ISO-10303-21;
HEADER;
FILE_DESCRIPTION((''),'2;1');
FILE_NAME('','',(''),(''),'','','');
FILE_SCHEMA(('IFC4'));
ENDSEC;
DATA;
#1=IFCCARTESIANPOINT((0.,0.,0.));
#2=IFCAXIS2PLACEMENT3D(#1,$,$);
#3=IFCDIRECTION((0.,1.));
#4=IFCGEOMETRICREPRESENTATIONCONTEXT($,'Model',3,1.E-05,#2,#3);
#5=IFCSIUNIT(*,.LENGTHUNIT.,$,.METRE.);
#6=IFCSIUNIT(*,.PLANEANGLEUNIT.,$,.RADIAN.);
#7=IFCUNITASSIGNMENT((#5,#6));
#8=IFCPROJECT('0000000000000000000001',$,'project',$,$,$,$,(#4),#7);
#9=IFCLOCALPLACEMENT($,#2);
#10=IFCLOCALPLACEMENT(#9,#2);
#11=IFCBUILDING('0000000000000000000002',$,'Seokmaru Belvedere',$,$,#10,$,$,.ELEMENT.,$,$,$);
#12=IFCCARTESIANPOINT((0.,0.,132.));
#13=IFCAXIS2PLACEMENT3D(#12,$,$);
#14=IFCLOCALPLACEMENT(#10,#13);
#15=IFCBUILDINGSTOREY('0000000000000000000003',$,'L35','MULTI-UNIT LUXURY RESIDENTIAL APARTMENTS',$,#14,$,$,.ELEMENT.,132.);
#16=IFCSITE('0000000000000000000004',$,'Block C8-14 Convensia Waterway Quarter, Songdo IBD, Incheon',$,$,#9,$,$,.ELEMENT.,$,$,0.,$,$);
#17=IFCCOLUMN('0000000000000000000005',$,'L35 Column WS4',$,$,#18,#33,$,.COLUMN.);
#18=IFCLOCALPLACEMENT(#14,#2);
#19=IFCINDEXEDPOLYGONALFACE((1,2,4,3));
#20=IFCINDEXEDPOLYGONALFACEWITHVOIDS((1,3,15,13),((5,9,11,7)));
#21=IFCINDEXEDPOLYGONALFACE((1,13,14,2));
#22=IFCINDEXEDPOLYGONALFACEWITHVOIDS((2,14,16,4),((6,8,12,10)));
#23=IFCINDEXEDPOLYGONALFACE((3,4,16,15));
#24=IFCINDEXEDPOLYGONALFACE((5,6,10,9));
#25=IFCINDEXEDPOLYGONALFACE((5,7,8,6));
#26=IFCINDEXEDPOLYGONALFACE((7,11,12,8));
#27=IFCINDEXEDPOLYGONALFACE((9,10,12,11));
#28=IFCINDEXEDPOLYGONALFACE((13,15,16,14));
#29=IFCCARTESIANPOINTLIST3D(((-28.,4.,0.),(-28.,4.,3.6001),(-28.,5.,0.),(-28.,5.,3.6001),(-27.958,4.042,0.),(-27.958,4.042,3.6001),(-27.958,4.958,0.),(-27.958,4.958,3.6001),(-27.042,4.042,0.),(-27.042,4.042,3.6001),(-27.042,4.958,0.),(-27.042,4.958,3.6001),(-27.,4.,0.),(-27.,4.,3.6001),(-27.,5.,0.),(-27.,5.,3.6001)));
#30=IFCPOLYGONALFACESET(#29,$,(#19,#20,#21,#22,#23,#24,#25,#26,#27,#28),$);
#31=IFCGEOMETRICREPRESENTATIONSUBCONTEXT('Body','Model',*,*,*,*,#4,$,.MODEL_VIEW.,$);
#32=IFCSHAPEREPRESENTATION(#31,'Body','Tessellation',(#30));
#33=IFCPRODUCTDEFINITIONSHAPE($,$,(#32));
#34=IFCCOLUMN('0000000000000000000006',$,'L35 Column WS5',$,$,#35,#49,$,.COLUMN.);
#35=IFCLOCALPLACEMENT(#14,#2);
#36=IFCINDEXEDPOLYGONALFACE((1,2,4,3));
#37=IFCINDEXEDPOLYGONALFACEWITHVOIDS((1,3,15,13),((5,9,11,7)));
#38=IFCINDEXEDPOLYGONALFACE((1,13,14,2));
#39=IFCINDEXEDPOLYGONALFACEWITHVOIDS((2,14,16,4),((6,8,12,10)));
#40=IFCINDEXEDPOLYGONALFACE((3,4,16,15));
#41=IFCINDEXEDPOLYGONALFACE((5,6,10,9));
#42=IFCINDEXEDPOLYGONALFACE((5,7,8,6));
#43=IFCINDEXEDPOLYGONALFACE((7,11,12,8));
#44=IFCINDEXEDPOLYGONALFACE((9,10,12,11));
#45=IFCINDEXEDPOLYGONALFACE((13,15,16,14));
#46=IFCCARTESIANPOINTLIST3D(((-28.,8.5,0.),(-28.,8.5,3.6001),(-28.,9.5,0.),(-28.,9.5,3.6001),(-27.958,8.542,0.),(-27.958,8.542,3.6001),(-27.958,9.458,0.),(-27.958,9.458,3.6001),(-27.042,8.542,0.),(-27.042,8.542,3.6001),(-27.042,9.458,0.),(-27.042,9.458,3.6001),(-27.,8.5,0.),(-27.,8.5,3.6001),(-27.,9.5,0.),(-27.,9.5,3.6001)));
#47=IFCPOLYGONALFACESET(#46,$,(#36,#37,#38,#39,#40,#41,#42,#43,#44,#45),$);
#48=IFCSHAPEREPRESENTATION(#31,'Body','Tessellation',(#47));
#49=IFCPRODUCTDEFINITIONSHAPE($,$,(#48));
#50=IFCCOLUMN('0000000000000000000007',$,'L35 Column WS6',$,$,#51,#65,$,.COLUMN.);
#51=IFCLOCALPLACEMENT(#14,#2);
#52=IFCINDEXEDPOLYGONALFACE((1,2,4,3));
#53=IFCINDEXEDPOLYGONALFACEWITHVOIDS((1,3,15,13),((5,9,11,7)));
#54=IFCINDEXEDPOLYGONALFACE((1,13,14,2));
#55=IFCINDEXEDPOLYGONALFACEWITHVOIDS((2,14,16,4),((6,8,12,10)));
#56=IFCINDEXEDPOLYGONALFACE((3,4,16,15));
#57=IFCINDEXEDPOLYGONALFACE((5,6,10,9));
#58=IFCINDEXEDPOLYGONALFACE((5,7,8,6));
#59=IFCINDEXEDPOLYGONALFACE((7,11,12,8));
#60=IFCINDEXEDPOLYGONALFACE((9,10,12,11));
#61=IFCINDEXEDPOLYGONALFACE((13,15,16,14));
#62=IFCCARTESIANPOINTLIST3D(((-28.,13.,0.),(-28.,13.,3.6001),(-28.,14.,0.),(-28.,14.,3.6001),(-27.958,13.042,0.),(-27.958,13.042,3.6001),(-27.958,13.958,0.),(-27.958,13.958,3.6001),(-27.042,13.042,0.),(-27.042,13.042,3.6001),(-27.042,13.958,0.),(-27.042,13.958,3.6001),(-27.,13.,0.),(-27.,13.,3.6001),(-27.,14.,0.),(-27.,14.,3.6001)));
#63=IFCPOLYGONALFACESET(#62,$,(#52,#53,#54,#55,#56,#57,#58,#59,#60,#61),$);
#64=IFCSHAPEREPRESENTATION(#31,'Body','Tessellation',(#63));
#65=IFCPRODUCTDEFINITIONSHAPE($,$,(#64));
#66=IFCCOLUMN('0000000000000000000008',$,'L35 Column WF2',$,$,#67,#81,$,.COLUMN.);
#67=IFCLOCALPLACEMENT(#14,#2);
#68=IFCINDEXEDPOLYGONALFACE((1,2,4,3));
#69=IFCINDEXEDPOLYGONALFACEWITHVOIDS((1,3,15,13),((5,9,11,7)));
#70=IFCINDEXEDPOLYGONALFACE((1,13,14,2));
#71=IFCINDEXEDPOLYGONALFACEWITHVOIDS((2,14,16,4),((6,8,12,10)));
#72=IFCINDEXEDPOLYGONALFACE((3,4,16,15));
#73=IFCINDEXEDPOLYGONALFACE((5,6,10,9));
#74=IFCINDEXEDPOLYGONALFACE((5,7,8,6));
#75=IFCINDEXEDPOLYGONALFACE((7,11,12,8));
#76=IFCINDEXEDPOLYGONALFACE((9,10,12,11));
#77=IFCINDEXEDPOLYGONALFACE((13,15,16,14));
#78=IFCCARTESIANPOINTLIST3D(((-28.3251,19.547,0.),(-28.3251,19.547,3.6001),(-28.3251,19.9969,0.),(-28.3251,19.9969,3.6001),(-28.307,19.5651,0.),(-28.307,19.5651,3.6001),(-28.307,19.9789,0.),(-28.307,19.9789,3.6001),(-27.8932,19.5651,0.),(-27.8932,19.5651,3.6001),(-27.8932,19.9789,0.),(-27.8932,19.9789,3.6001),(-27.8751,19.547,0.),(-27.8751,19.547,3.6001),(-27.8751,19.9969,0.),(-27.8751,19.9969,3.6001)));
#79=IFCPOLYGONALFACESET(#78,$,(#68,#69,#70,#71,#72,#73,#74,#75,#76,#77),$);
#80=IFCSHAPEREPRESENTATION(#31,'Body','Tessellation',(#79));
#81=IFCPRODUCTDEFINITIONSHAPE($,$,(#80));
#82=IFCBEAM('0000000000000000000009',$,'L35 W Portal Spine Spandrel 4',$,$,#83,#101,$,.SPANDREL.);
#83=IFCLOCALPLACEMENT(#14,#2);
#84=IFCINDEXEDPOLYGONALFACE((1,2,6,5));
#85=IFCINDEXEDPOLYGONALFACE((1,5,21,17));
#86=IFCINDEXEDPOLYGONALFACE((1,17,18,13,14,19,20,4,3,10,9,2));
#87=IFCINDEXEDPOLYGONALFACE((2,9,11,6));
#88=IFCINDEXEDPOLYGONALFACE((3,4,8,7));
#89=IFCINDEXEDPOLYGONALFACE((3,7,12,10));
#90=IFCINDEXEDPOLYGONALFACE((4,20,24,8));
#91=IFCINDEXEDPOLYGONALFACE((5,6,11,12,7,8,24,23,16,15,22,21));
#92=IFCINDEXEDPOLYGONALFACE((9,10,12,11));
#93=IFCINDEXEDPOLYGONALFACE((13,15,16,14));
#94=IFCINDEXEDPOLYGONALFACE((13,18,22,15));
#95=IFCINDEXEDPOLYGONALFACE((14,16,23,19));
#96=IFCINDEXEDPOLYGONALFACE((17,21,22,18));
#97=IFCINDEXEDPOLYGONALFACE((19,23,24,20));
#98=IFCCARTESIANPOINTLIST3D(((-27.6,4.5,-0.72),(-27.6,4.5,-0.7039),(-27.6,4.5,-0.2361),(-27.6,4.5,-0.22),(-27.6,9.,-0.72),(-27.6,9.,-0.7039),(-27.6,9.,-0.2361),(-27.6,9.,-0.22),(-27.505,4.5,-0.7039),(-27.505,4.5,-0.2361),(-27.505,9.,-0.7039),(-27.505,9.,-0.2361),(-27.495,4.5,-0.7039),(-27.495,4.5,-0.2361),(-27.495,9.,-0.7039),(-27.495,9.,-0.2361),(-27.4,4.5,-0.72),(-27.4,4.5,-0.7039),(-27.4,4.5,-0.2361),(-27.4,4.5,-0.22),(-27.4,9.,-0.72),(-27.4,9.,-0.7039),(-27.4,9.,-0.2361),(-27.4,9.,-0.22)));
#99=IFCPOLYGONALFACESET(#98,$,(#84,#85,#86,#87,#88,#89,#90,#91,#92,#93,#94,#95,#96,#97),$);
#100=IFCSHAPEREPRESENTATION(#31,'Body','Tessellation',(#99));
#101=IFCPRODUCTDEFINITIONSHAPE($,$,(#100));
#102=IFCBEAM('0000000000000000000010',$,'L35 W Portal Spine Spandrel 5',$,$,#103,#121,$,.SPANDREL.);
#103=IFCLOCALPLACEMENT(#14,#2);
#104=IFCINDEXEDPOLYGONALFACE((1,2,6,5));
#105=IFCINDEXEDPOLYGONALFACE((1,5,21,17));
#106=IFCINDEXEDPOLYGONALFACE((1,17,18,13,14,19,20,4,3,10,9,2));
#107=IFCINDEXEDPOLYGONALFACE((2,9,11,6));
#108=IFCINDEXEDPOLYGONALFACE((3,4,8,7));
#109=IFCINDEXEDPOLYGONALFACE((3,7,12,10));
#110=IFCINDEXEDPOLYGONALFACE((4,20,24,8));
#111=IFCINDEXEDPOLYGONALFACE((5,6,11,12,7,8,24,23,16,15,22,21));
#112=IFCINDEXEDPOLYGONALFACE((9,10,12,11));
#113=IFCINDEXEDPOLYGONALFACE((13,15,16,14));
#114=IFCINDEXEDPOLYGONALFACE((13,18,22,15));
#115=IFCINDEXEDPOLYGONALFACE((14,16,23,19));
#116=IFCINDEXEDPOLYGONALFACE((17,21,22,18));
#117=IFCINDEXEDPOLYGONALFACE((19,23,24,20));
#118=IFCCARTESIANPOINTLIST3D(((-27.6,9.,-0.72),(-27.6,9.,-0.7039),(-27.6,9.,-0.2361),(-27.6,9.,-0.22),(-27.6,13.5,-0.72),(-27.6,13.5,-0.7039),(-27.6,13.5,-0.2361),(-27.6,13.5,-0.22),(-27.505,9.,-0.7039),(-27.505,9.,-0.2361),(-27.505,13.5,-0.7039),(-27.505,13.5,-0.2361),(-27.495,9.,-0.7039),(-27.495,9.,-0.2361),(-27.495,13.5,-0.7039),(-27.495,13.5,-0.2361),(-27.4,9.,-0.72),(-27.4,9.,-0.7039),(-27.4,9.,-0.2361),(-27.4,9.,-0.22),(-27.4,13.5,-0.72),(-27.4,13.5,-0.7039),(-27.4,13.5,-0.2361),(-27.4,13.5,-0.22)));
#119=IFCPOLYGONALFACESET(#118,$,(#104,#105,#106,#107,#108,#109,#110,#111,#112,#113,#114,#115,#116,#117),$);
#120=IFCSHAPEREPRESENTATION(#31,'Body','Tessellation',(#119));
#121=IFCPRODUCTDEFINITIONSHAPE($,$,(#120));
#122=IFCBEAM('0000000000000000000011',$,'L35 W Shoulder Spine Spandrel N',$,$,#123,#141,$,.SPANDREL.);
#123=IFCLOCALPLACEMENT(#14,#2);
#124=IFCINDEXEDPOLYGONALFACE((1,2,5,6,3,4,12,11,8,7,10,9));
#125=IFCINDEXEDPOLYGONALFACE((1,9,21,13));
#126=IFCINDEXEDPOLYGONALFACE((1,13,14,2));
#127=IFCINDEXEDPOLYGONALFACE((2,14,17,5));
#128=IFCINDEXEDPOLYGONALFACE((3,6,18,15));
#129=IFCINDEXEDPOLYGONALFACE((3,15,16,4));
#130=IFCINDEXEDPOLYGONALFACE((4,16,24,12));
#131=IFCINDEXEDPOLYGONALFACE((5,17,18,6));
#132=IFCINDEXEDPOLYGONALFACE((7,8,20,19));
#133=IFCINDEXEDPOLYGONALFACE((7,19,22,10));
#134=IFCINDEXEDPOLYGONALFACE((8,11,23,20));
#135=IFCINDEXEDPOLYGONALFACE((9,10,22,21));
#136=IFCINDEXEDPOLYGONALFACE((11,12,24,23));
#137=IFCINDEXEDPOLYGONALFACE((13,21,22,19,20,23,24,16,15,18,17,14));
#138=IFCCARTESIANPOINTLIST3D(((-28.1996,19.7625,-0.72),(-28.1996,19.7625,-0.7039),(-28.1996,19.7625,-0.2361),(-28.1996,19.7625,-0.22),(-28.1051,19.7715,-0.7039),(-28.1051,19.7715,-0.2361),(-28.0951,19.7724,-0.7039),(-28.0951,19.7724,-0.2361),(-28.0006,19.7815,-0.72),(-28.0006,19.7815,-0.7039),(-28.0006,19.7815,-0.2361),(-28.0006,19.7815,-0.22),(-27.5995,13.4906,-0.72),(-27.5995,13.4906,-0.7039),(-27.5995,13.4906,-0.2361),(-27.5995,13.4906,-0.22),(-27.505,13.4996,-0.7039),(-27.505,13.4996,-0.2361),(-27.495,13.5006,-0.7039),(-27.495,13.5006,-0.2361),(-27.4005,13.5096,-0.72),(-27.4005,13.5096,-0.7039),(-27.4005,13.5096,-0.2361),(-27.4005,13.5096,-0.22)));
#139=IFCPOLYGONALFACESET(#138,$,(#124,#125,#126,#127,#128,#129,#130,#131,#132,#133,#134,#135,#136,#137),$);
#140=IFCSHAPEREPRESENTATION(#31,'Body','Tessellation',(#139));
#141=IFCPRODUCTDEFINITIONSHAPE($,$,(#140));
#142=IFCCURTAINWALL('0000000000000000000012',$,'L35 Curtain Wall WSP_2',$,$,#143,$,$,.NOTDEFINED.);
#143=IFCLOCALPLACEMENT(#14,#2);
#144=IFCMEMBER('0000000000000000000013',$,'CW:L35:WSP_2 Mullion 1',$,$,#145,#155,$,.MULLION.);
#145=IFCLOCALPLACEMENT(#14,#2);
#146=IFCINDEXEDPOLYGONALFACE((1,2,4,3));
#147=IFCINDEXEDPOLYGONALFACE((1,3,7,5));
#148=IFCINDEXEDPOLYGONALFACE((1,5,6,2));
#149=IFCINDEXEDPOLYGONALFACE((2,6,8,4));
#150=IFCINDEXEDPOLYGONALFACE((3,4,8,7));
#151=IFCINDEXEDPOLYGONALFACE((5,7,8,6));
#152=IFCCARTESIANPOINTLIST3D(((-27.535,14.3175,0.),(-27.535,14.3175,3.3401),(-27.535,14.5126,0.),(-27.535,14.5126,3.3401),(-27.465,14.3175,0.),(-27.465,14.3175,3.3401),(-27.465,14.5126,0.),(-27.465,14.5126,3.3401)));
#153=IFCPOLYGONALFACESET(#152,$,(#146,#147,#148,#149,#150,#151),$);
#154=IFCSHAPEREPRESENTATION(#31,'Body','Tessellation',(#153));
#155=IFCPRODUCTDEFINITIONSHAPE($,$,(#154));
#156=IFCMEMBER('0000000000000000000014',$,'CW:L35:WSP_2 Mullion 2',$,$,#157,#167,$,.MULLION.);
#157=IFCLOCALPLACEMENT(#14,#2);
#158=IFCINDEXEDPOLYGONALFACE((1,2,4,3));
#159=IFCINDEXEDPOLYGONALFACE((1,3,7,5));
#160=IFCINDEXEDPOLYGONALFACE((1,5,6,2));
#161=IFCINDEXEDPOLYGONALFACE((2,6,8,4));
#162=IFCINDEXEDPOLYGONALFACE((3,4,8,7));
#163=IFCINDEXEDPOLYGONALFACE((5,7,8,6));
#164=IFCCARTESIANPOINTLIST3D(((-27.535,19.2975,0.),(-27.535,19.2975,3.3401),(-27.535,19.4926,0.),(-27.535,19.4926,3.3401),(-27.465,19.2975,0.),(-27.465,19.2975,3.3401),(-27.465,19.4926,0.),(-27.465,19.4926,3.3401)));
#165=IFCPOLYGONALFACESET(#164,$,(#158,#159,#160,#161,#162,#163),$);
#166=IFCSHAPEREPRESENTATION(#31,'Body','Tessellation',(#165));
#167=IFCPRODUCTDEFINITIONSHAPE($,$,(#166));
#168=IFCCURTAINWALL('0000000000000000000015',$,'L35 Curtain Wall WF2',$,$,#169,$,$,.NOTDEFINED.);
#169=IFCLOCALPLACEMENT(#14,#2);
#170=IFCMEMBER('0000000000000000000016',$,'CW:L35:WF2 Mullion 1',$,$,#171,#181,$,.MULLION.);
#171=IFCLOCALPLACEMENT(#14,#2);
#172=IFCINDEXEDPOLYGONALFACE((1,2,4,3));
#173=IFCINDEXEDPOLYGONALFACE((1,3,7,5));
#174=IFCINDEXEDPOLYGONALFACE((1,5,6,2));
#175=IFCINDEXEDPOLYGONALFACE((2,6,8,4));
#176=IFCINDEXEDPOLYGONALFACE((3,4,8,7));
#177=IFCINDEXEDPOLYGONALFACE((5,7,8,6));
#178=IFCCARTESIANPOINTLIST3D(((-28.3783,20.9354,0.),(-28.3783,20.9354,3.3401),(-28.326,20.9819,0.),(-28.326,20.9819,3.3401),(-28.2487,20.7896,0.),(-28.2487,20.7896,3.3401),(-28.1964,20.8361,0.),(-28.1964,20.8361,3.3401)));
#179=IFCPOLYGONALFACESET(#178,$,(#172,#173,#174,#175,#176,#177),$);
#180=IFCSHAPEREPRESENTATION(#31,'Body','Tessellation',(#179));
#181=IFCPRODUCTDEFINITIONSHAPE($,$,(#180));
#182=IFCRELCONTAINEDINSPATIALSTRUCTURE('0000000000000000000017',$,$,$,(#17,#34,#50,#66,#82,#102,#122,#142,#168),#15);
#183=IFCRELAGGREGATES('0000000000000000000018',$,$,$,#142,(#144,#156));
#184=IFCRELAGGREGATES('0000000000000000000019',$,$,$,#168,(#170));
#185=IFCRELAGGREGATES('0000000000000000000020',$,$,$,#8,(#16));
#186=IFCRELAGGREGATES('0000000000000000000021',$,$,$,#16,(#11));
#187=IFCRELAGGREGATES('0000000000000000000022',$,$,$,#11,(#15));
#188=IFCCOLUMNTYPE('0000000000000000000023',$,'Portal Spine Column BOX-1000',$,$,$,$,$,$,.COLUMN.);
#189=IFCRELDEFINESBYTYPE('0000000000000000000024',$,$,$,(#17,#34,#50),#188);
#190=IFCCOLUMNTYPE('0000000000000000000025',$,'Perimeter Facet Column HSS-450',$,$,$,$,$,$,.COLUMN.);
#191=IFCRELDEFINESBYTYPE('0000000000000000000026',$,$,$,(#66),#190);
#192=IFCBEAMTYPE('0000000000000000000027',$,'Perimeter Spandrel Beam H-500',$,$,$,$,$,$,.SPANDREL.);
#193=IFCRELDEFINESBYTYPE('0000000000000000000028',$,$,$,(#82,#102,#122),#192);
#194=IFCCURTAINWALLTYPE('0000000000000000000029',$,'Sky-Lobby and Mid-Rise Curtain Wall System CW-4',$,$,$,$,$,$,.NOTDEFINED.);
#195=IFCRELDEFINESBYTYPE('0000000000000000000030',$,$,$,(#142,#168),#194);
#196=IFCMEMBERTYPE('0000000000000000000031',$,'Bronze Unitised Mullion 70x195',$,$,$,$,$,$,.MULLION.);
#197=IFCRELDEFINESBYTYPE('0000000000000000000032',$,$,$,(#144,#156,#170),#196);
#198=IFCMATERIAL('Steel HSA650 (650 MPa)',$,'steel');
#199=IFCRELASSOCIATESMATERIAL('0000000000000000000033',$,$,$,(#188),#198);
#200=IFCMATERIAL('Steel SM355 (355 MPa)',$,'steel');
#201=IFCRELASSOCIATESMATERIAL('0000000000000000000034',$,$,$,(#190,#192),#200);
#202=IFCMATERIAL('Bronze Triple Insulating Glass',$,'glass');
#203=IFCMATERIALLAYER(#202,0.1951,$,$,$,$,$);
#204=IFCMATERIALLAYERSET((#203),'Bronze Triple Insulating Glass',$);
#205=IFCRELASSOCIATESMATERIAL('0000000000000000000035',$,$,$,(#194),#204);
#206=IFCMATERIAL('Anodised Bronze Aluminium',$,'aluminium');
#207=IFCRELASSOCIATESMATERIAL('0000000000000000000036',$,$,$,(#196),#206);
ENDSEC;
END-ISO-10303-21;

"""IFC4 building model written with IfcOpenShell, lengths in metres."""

from ifc_helpers import new_model, si_unit, direction, frame, origin, origin_2d, place, context, subcontext, project, spatial, rectangle, hollow_rectangle, i_section, extrude, source, transform, mapped, material, layer, layer_set, material_profile, profile_set, type_object, type_shapes, element, aggregate, save


model = new_model("IFC4")

# Units and contexts
model_context = context("Model", 3, precision=1e-05, world=origin(), true_north=direction((0.0, 1.0)))
body_context = subcontext(model_context, "Body", "Model", "MODEL_VIEW")
ifc_project = project(units=[si_unit("LENGTHUNIT", "METRE"), si_unit("PLANEANGLEUNIT", "RADIAN")], contexts=[model_context])

# Site, building, storey
site_placement = place(None, origin())
site = spatial("IfcSite", under=ifc_project, at=site_placement, Name="Block C8-14 Convensia Waterway Quarter, Songdo IBD, Incheon", CompositionType="ELEMENT", RefElevation=0.0)
building_placement = place(site_placement, origin())
building = spatial("IfcBuilding", under=site, at=building_placement, Name="Seokmaru Belvedere", CompositionType="ELEMENT")
storey_placement = place(building_placement, frame((0.0, 0.0, 132.0)))
storey = spatial("IfcBuildingStorey", under=building, at=storey_placement, Name="L35", Description="MULTI-UNIT LUXURY RESIDENTIAL APARTMENTS", CompositionType="ELEMENT", Elevation=132.0)

# Columns
ifc_material_1 = material(Name="Steel HSA650 (650 MPa)", Category="steel")
ifc_material_profile_1 = material_profile(ifc_material_1, hollow_rectangle(XDim=1.0, YDim=1.0, WallThickness=0.042, at=origin_2d()), Name="BOX-1000x1000x42")
ifc_profile_set_1 = profile_set([ifc_material_profile_1], Name="Steel HSA650 (650 MPa)")
column_type_1 = type_object("IfcColumnType", Name="Portal Spine Column BOX-1000", PredefinedType="COLUMN", material=ifc_profile_set_1)
shared_shape_1 = source(origin(), body_context, "Body", "SweptSolid", [
    extrude(hollow_rectangle(XDim=1.0, YDim=1.0, WallThickness=0.042, at=origin_2d()), origin(), (0.0, 0.0, 1.0), 3.6001),
])
type_shapes(column_type_1, [shared_shape_1])
for number, where, z_axis, x_axis, name in (
    (1, (-27.5, 4.5, 0.0), (0.0, 0.0, 1.0), (1.0, 0.0, 0.0), "L35 Column WS4"),
    (2, (-27.5, 9.0, 0.0), (0.0, 0.0, 1.0), (1.0, 0.0, 0.0), "L35 Column WS5"),
    (3, (-27.5, 13.5, 0.0), (0.0, 0.0, 1.0), (1.0, 0.0, 0.0), "L35 Column WS6"),
):
    element("IfcColumn", number, at=place(storey_placement, frame(where, z_axis=z_axis, x_axis=x_axis)), inside=storey, type_object=column_type_1, Name=name, PredefinedType="COLUMN", context=body_context, shape_type="MappedRepresentation", body=[
        mapped(shared_shape_1, transform((0.0, 0.0, 0.0), scale=1.0)),
    ])
ifc_material_2 = material(Name="Steel SM355 (355 MPa)", Category="steel")
ifc_material_profile_2 = material_profile(ifc_material_2, hollow_rectangle(XDim=0.45, YDim=0.45, WallThickness=0.0181, at=origin_2d()), Name="HSS-450x450x18")
ifc_profile_set_2 = profile_set([ifc_material_profile_2], Name="Steel SM355 (355 MPa)")
column_type_2 = type_object("IfcColumnType", Name="Perimeter Facet Column HSS-450", PredefinedType="COLUMN", material=ifc_profile_set_2)
shared_shape_2 = source(origin(), body_context, "Body", "SweptSolid", [
    extrude(hollow_rectangle(XDim=0.45, YDim=0.45, WallThickness=0.0181, at=origin_2d()), origin(), (0.0, 0.0, 1.0), 3.6001),
])
type_shapes(column_type_2, [shared_shape_2])
column_placement = place(storey_placement, frame((-28.1001, 19.772, 0.0), z_axis=(0.0, 0.0, 1.0), x_axis=(1.0, 0.0, 0.0)))
element("IfcColumn", 4, at=column_placement, inside=storey, type_object=column_type_2, Name="L35 Column WF2", PredefinedType="COLUMN", context=body_context, shape_type="MappedRepresentation", body=[
    mapped(shared_shape_2, transform((0.0, 0.0, 0.0), scale=1.0)),
])

# Beams
ifc_material_profile_3 = material_profile(ifc_material_2, i_section(OverallWidth=0.2, OverallDepth=0.5, WebThickness=0.01, FlangeThickness=0.0161, at=origin_2d()), Name="H-500x200x10x16")
ifc_profile_set_3 = profile_set([ifc_material_profile_3], Name="Steel SM355 (355 MPa)")
beam_type = type_object("IfcBeamType", Name="Perimeter Spandrel Beam H-500", PredefinedType="SPANDREL", material=ifc_profile_set_3)
shared_shape_3 = source(origin(), body_context, "Body", "SweptSolid", [
    extrude(i_section(OverallWidth=0.2, OverallDepth=0.5, WebThickness=0.01, FlangeThickness=0.0161, at=origin_2d()), origin(), (0.0, 0.0, 1.0), 4.5),
])
for number, where, z_axis, x_axis, name in (
    (5, (-27.5, 4.5, -0.47), (0.0, 1.0, 0.0), (-1.0, 0.0, 0.0), "L35 W Portal Spine Spandrel 4"),
    (6, (-27.5, 9.0, -0.47), (0.0, 1.0, 0.0), (-1.0, 0.0, 0.0), "L35 W Portal Spine Spandrel 5"),
):
    element("IfcBeam", number, at=place(storey_placement, frame(where, z_axis=z_axis, x_axis=x_axis)), inside=storey, type_object=beam_type, Name=name, PredefinedType="SPANDREL", context=body_context, shape_type="MappedRepresentation", body=[
        mapped(shared_shape_3, transform((0.0, 0.0, 0.0), scale=1.0)),
    ])
shared_shape_4 = source(origin(), body_context, "Body", "SweptSolid", [
    extrude(i_section(OverallWidth=0.2, OverallDepth=0.5, WebThickness=0.01, FlangeThickness=0.0161, at=origin_2d()), origin(), (0.0, 0.0, 1.0), 6.3005),
])
type_shapes(beam_type, [shared_shape_3, shared_shape_4])
beam_placement = place(storey_placement, frame((-28.1001, 19.772, -0.47), z_axis=(0.095244, -0.995454, 0.0), x_axis=(0.995454, 0.095244, 0.0)))
element("IfcBeam", 7, at=beam_placement, inside=storey, type_object=beam_type, Name="L35 W Shoulder Spine Spandrel N", PredefinedType="SPANDREL", context=body_context, shape_type="MappedRepresentation", body=[
    mapped(shared_shape_4, transform((0.0, 0.0, 0.0), scale=1.0)),
])

# Curtain wall, members
ifc_material_3 = material(Name="Bronze Triple Insulating Glass", Category="glass")
ifc_layer_1 = layer(ifc_material_3, 0.1951)
ifc_layer_set_1 = layer_set([ifc_layer_1], Name="Bronze Triple Insulating Glass")
curtain_wall_type = type_object("IfcCurtainWallType", Name="Sky-Lobby and Mid-Rise Curtain Wall System CW-4", PredefinedType="NOTDEFINED", material=ifc_layer_set_1)
curtain_wall_1_placement = place(storey_placement, origin())
curtain_wall_1 = element("IfcCurtainWall", 8, at=curtain_wall_1_placement, inside=storey, type_object=curtain_wall_type, Name="L35 Curtain Wall WSP_2", PredefinedType="NOTDEFINED")
ifc_material_4 = material(Name="Anodised Bronze Aluminium", Category="aluminium")
ifc_material_profile_4 = material_profile(ifc_material_4, rectangle(XDim=0.0701, YDim=0.1951, at=origin_2d()), Name="CW-M-70x195")
ifc_profile_set_4 = profile_set([ifc_material_profile_4], Name="Anodised Bronze Aluminium")
member_type_1 = type_object("IfcMemberType", Name="Bronze Unitised Mullion 70x195", PredefinedType="MULLION", material=ifc_profile_set_4)
shared_shape_5 = source(origin(), body_context, "Body", "SweptSolid", [
    extrude(rectangle(XDim=0.0701, YDim=0.1951, at=origin_2d()), origin(), (0.0, 0.0, 1.0), 3.3401),
])
type_shapes(member_type_1, [shared_shape_5])
member_1_placement = place(storey_placement, frame((-27.5, 14.415, 0.0), z_axis=(0.0, 0.0, 1.0), x_axis=(-1.0, 0.0, 0.0)))
member_1 = element("IfcMember", 9, at=member_1_placement, type_object=member_type_1, Name="CW:L35:WSP_2 Mullion 1", PredefinedType="MULLION", context=body_context, shape_type="MappedRepresentation", body=[
    mapped(shared_shape_5, transform((0.0, 0.0, 0.0), scale=1.0)),
])
member_2_placement = place(storey_placement, frame((-27.5, 19.395, 0.0), z_axis=(0.0, 0.0, 1.0), x_axis=(-1.0, 0.0, 0.0)))
member_2 = element("IfcMember", 10, at=member_2_placement, type_object=member_type_1, Name="CW:L35:WSP_2 Mullion 2", PredefinedType="MULLION", context=body_context, shape_type="MappedRepresentation", body=[
    mapped(shared_shape_5, transform((0.0, 0.0, 0.0), scale=1.0)),
])

# Curtain wall, member
curtain_wall_2_placement = place(storey_placement, origin())
curtain_wall_2 = element("IfcCurtainWall", 11, at=curtain_wall_2_placement, inside=storey, type_object=curtain_wall_type, Name="L35 Curtain Wall WF2", PredefinedType="NOTDEFINED")
member_3_placement = place(storey_placement, frame((-28.2874, 20.8857, 0.0), z_axis=(0.0, 0.0, 1.0), x_axis=(-0.74741, -0.664363, 0.0)))
member_3 = element("IfcMember", 12, at=member_3_placement, type_object=member_type_1, Name="CW:L35:WF2 Mullion 1", PredefinedType="MULLION", context=body_context, shape_type="MappedRepresentation", body=[
    mapped(shared_shape_5, transform((0.0, 0.0, 0.0), scale=1.0)),
])

aggregate(curtain_wall_1, [member_1, member_2])
aggregate(curtain_wall_2, [member_3])

save(model, "model.ifc")
